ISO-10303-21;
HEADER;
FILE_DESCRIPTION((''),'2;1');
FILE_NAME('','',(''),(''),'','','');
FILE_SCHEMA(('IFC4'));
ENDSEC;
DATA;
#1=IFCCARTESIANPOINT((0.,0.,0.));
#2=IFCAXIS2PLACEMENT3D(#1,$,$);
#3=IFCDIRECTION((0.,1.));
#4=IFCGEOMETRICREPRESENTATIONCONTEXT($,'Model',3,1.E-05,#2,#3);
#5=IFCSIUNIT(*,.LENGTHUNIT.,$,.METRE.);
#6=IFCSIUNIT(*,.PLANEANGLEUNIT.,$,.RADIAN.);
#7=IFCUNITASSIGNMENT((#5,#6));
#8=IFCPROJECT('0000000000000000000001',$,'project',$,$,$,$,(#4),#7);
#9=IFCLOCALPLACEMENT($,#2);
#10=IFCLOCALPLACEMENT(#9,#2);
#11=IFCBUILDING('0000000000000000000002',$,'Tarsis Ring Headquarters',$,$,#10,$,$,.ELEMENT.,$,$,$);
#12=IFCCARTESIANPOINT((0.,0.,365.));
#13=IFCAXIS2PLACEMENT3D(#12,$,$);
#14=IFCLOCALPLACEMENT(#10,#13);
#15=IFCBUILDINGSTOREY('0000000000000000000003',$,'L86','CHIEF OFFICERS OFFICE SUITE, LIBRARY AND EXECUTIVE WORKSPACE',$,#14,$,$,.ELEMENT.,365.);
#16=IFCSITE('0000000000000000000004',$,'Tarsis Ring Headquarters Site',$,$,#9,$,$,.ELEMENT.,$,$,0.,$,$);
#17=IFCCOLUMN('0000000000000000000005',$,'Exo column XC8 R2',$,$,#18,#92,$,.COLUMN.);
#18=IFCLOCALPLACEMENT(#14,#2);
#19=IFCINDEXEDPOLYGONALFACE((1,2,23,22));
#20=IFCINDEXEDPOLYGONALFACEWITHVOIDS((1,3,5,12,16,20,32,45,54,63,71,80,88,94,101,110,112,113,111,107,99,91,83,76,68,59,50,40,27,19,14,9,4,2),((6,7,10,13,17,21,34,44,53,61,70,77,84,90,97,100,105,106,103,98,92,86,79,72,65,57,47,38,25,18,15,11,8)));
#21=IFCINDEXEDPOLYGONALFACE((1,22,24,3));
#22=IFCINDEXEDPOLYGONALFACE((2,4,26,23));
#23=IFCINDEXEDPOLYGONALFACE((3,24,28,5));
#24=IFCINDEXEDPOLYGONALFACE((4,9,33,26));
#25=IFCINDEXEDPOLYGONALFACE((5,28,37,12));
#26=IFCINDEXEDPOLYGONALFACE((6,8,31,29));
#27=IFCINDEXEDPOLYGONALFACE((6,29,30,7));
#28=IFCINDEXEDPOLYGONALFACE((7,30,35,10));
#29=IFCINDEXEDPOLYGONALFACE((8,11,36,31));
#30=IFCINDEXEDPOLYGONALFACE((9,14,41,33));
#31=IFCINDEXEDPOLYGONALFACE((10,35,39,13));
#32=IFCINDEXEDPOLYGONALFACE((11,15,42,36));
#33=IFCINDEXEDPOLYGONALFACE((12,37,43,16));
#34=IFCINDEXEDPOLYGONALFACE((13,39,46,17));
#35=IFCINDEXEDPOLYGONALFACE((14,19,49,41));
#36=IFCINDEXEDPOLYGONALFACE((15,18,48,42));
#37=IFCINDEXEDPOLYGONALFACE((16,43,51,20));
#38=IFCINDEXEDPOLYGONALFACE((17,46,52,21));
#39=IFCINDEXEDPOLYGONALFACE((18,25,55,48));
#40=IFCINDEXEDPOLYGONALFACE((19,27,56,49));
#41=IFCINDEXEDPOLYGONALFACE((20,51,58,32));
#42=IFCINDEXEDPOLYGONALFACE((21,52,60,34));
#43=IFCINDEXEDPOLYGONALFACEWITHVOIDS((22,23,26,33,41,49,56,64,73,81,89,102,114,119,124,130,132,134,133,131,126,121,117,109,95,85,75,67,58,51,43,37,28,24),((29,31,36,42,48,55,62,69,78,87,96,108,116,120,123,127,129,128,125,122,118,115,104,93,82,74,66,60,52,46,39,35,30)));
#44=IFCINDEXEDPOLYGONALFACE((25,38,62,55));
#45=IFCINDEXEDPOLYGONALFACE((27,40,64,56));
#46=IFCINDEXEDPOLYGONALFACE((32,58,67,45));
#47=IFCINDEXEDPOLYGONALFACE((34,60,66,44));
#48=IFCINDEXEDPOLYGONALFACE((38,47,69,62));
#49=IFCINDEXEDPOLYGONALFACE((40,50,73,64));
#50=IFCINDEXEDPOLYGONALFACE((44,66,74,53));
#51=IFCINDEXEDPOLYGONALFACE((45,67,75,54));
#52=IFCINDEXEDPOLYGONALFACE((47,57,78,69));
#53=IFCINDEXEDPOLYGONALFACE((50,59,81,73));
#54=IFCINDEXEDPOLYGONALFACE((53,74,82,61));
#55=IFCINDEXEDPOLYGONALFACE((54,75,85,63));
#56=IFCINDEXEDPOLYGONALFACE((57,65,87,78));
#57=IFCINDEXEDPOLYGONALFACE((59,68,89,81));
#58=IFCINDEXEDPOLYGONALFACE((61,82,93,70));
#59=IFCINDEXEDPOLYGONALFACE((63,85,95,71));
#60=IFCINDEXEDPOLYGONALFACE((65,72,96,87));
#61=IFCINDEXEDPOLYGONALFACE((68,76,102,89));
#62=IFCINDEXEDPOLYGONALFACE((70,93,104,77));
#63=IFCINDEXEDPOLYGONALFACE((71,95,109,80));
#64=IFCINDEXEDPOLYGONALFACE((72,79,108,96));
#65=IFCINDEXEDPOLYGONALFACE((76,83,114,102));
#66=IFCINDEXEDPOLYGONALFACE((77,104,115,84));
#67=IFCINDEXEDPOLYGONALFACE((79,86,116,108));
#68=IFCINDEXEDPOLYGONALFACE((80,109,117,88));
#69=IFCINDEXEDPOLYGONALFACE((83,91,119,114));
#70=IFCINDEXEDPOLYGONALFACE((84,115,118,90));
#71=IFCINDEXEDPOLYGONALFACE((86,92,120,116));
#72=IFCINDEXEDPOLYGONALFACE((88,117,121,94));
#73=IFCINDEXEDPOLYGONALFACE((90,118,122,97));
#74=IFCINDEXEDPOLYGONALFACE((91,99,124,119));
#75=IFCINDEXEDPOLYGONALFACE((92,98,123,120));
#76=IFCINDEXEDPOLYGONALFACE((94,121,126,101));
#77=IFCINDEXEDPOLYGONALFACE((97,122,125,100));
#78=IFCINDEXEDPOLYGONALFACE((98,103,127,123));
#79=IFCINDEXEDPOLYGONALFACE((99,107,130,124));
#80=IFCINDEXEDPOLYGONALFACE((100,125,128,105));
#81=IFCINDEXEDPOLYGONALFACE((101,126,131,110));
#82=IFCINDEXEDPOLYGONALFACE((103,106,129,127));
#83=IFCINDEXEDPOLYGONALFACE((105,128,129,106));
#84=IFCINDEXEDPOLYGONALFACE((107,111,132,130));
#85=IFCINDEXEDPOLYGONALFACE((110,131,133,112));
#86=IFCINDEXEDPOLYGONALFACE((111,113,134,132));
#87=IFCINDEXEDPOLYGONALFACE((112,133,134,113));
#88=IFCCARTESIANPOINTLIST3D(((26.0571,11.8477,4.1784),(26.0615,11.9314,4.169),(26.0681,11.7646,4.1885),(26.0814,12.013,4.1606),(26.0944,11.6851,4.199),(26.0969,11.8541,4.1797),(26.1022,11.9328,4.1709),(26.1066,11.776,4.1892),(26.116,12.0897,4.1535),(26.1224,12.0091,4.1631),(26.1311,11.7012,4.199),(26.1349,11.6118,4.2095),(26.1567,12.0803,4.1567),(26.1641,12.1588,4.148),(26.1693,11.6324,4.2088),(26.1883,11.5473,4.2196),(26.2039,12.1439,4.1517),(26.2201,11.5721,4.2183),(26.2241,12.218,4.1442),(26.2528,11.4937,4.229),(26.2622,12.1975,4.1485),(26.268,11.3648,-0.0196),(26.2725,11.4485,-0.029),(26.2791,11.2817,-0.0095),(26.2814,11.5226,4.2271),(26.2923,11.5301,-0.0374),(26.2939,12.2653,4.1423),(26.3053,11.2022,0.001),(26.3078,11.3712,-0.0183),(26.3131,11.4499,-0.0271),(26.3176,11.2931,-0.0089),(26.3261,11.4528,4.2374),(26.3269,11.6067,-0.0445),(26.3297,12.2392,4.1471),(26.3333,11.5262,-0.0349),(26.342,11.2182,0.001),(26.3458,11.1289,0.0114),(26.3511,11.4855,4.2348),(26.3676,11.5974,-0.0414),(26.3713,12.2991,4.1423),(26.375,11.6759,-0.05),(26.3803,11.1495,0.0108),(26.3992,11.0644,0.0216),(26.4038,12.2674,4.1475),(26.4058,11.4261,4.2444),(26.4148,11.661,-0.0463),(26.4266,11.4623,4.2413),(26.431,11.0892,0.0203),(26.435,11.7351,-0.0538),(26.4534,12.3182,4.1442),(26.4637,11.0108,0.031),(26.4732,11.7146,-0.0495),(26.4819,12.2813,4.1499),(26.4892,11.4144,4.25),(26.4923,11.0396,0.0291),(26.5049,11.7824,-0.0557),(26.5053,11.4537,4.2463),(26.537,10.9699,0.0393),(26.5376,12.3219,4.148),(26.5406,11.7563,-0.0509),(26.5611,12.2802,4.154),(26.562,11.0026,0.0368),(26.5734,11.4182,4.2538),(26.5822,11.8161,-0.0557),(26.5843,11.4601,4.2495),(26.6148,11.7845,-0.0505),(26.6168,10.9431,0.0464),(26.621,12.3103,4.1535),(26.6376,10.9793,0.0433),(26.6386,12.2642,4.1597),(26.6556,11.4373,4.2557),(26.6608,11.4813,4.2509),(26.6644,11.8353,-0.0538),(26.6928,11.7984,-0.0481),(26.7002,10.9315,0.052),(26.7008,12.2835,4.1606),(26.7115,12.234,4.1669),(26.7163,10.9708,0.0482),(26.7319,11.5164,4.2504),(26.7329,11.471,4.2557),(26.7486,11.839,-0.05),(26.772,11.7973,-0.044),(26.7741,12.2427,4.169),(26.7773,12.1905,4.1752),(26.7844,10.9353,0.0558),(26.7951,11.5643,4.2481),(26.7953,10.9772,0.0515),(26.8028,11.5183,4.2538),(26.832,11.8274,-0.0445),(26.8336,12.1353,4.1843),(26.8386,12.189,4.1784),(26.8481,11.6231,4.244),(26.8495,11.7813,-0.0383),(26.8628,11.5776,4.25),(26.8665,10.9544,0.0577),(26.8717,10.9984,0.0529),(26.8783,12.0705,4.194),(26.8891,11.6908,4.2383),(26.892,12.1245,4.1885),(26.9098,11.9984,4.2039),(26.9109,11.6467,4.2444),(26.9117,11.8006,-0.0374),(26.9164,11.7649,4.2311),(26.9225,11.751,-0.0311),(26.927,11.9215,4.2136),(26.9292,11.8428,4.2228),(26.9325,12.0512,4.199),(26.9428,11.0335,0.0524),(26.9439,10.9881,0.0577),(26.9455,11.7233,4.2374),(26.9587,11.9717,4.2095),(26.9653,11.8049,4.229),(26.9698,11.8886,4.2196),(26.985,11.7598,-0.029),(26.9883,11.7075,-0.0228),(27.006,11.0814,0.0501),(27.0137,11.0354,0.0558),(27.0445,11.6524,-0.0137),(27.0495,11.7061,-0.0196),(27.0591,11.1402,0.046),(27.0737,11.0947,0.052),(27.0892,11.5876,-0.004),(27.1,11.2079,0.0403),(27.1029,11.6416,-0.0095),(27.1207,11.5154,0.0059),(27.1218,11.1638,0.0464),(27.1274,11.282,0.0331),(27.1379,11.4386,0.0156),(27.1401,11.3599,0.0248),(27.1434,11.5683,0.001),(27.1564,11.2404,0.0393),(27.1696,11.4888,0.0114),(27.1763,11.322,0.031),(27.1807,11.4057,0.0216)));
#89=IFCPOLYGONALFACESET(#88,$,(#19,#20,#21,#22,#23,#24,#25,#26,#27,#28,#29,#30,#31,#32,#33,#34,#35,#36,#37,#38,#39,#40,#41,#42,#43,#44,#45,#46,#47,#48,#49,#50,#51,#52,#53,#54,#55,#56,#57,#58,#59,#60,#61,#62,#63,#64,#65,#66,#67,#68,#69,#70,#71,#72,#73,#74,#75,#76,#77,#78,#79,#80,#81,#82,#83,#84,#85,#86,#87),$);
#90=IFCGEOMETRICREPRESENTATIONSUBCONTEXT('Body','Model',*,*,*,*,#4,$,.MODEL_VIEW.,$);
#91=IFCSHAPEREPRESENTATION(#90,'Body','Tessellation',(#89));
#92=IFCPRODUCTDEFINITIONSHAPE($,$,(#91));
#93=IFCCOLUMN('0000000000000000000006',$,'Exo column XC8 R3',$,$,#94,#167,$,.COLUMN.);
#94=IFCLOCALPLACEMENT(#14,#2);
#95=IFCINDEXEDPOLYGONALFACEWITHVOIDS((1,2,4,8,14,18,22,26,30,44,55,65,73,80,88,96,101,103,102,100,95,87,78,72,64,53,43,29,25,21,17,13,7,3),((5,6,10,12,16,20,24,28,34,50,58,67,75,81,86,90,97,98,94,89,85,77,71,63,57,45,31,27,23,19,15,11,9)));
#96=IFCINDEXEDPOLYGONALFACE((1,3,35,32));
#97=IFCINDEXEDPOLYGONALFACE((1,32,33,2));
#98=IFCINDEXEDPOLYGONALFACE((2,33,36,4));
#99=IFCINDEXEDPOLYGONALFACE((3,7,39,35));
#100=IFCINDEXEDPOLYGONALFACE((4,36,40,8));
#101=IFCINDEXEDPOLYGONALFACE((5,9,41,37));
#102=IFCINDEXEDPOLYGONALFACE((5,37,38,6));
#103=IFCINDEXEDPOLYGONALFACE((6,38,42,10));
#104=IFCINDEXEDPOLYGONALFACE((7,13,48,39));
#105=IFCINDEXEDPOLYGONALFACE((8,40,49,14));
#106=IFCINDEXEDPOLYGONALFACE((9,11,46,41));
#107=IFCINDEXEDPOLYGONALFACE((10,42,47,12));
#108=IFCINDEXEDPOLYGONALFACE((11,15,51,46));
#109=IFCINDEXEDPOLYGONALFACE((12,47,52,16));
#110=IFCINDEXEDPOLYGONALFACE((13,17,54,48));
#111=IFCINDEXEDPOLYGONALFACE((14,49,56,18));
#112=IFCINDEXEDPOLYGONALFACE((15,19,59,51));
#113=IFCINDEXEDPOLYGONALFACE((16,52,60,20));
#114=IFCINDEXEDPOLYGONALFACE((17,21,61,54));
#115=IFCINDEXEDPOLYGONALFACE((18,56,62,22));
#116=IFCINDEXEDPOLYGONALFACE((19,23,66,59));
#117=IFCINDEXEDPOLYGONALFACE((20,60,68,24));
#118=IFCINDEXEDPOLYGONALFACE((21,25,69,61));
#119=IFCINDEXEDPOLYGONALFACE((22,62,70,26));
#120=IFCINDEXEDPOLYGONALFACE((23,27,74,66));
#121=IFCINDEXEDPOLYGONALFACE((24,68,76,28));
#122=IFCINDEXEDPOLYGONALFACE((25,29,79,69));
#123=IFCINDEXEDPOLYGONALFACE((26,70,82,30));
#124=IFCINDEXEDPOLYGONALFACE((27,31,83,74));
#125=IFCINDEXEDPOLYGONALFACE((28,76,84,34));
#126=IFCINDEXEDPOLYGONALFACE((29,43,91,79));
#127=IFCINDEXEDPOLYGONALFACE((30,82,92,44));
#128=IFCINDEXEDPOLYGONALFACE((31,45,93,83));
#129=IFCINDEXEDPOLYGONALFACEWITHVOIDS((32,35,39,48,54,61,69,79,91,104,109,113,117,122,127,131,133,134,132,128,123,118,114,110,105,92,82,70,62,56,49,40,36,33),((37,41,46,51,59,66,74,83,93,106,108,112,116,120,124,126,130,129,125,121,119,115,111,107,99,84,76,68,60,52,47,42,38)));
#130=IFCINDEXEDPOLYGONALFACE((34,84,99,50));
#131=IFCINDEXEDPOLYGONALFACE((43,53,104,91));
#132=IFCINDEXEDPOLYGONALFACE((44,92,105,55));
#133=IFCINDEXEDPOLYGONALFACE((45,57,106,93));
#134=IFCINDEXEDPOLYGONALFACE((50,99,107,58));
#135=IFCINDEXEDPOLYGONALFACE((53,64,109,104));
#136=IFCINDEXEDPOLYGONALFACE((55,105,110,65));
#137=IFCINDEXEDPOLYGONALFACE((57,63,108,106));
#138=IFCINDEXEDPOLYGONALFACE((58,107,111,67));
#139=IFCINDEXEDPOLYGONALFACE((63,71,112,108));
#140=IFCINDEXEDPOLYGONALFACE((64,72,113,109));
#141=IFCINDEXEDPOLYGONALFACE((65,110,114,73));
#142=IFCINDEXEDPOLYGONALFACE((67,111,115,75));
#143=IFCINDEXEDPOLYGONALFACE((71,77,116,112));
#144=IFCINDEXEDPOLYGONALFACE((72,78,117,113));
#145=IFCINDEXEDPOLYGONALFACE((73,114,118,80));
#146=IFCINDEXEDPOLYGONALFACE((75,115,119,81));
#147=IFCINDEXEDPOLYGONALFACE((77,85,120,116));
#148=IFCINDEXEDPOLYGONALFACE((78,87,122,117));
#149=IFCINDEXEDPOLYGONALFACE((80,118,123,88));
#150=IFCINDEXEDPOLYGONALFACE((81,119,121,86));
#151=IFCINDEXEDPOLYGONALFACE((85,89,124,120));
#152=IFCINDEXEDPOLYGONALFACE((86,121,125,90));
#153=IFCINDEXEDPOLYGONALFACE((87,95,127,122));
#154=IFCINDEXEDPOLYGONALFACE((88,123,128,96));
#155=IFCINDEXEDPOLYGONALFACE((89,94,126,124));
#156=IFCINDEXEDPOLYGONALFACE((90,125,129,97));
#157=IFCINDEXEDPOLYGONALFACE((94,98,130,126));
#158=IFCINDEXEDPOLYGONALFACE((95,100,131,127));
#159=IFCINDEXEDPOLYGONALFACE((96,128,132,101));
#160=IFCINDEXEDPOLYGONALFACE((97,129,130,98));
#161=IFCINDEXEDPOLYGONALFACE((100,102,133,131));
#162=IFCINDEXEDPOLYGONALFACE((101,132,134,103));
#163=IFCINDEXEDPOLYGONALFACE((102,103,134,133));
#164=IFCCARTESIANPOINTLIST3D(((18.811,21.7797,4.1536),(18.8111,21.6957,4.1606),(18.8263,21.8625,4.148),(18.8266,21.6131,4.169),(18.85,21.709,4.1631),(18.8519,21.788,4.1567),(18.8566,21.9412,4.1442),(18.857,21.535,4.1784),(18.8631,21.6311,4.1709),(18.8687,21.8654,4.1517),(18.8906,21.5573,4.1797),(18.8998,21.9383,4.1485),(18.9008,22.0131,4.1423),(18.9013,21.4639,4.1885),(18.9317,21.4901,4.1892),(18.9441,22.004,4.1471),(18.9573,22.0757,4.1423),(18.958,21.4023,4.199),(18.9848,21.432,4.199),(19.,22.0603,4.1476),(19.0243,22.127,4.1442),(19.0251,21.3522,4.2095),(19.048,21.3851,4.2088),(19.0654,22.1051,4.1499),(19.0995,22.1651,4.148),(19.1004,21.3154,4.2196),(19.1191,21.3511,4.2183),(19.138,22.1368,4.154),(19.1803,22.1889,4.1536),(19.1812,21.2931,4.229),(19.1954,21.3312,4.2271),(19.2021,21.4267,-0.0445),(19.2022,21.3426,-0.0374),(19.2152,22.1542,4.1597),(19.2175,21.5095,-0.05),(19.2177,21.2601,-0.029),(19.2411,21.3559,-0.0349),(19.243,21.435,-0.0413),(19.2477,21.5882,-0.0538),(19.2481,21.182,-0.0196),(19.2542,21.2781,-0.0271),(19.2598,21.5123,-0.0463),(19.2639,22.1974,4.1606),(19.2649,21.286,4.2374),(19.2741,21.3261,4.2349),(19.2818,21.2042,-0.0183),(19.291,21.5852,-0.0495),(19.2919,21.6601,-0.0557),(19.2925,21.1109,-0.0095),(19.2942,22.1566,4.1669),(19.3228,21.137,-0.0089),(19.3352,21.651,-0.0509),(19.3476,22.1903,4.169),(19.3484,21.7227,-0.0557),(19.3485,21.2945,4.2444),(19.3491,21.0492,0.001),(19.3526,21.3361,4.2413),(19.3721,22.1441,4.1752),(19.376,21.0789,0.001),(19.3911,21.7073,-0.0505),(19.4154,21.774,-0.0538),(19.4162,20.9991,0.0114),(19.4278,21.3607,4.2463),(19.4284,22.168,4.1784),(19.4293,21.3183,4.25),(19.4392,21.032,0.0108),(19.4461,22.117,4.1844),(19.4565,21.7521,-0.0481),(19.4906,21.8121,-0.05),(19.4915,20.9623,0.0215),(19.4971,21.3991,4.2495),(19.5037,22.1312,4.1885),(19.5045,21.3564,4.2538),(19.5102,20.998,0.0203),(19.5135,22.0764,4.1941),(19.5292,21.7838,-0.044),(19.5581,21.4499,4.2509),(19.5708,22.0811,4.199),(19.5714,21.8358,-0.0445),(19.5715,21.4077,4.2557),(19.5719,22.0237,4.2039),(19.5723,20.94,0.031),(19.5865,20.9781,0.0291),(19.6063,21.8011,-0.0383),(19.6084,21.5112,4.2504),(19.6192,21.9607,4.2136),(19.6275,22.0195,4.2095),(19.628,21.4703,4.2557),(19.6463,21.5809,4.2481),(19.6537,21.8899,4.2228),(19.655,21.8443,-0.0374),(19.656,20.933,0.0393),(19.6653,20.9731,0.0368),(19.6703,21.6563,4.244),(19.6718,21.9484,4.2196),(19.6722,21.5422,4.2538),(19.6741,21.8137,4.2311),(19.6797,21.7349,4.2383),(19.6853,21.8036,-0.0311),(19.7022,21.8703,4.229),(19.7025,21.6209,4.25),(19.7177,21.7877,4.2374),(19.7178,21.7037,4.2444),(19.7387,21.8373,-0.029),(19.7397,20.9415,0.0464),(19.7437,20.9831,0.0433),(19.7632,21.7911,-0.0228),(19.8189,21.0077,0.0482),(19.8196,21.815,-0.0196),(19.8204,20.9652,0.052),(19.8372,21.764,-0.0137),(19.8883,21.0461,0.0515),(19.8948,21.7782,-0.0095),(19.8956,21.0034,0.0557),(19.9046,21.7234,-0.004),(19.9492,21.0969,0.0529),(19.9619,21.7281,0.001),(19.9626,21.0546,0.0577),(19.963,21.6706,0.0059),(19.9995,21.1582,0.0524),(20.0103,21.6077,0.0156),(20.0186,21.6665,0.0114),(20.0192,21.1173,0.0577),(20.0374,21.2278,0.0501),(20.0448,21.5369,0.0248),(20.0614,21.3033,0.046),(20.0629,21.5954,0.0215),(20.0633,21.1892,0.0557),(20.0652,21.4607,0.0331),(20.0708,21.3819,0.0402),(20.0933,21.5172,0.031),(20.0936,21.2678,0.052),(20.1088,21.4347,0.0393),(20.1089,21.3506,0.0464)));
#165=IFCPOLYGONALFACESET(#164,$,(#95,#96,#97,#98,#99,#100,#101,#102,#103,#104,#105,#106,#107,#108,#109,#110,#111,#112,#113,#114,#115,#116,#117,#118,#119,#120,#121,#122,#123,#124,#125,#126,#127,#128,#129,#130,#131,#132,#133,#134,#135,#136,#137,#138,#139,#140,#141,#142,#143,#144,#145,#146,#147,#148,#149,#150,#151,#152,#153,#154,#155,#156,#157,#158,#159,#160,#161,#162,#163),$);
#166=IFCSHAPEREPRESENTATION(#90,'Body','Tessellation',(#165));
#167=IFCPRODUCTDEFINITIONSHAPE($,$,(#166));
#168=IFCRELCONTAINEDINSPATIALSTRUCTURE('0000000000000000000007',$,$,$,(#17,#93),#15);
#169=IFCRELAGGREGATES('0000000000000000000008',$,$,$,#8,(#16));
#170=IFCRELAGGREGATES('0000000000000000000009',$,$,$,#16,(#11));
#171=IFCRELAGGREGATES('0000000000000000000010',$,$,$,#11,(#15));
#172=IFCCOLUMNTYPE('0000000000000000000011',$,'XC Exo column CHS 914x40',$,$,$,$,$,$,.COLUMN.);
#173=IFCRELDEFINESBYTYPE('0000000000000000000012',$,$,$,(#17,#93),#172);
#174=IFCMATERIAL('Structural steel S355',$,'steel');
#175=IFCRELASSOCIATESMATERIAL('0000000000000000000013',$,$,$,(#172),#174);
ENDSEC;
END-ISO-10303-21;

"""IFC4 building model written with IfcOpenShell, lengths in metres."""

from ifc_helpers import new_model, si_unit, direction, frame, origin, origin_2d, place, context, subcontext, project, spatial, hollow_circle, extrude, material, material_profile, profile_set, type_object, element, save


model = new_model("IFC4")

# Units and contexts
model_context = context("Model", 3, precision=1e-05, world=origin(), true_north=direction((0.0, 1.0)))
body_context = subcontext(model_context, "Body", "Model", "MODEL_VIEW")
ifc_project = project(units=[si_unit("LENGTHUNIT", "METRE"), si_unit("PLANEANGLEUNIT", "RADIAN")], contexts=[model_context])

# Site, building, storey
site_placement = place(None, origin())
site = spatial("IfcSite", under=ifc_project, at=site_placement, Name="Tarsis Ring Headquarters Site", CompositionType="ELEMENT", RefElevation=0.0)
building_placement = place(site_placement, origin())
building = spatial("IfcBuilding", under=site, at=building_placement, Name="Tarsis Ring Headquarters", CompositionType="ELEMENT")
storey_placement = place(building_placement, frame((0.0, 0.0, 365.0)))
storey = spatial("IfcBuildingStorey", under=building, at=storey_placement, Name="L86", Description="CHIEF OFFICERS OFFICE SUITE, LIBRARY AND EXECUTIVE WORKSPACE", CompositionType="ELEMENT", Elevation=365.0)

# Columns
ifc_material_1 = material(Name="Structural steel S355", Category="steel")
ifc_material_profile_1 = material_profile(ifc_material_1, hollow_circle(Radius=0.457, WallThickness=0.04, at=origin_2d()), Name="CHS 914x40")
ifc_profile_set_1 = profile_set([ifc_material_profile_1], Name="Structural steel S355")
column_type = type_object("IfcColumnType", Name="XC Exo column CHS 914x40", PredefinedType="COLUMN", material=ifc_profile_set_1)
for number, where, z_axis, x_axis, name in (
    (1, (26.7244, 11.3853, 0.001), (-0.049856, 0.114138, 0.992213), (-0.916391, -0.400284, 0.0), "Exo column XC8 R2"),
    (2, (19.6555, 21.3887, 0.001), (-0.092441, 0.08344, 0.992216), (-0.670039, -0.742326, 0.0), "Exo column XC8 R3"),
):
    element("IfcColumn", number, at=place(storey_placement, frame(where, z_axis=z_axis, x_axis=x_axis)), inside=storey, type_object=column_type, Name=name, PredefinedType="COLUMN", context=body_context, shape_type="SweptSolid", body=[
        extrude(hollow_circle(Radius=0.4573, WallThickness=0.04, at=origin_2d()), origin(), (0.0, 0.0, 1.0), 4.231),
    ])

save(model, "model.ifc")
